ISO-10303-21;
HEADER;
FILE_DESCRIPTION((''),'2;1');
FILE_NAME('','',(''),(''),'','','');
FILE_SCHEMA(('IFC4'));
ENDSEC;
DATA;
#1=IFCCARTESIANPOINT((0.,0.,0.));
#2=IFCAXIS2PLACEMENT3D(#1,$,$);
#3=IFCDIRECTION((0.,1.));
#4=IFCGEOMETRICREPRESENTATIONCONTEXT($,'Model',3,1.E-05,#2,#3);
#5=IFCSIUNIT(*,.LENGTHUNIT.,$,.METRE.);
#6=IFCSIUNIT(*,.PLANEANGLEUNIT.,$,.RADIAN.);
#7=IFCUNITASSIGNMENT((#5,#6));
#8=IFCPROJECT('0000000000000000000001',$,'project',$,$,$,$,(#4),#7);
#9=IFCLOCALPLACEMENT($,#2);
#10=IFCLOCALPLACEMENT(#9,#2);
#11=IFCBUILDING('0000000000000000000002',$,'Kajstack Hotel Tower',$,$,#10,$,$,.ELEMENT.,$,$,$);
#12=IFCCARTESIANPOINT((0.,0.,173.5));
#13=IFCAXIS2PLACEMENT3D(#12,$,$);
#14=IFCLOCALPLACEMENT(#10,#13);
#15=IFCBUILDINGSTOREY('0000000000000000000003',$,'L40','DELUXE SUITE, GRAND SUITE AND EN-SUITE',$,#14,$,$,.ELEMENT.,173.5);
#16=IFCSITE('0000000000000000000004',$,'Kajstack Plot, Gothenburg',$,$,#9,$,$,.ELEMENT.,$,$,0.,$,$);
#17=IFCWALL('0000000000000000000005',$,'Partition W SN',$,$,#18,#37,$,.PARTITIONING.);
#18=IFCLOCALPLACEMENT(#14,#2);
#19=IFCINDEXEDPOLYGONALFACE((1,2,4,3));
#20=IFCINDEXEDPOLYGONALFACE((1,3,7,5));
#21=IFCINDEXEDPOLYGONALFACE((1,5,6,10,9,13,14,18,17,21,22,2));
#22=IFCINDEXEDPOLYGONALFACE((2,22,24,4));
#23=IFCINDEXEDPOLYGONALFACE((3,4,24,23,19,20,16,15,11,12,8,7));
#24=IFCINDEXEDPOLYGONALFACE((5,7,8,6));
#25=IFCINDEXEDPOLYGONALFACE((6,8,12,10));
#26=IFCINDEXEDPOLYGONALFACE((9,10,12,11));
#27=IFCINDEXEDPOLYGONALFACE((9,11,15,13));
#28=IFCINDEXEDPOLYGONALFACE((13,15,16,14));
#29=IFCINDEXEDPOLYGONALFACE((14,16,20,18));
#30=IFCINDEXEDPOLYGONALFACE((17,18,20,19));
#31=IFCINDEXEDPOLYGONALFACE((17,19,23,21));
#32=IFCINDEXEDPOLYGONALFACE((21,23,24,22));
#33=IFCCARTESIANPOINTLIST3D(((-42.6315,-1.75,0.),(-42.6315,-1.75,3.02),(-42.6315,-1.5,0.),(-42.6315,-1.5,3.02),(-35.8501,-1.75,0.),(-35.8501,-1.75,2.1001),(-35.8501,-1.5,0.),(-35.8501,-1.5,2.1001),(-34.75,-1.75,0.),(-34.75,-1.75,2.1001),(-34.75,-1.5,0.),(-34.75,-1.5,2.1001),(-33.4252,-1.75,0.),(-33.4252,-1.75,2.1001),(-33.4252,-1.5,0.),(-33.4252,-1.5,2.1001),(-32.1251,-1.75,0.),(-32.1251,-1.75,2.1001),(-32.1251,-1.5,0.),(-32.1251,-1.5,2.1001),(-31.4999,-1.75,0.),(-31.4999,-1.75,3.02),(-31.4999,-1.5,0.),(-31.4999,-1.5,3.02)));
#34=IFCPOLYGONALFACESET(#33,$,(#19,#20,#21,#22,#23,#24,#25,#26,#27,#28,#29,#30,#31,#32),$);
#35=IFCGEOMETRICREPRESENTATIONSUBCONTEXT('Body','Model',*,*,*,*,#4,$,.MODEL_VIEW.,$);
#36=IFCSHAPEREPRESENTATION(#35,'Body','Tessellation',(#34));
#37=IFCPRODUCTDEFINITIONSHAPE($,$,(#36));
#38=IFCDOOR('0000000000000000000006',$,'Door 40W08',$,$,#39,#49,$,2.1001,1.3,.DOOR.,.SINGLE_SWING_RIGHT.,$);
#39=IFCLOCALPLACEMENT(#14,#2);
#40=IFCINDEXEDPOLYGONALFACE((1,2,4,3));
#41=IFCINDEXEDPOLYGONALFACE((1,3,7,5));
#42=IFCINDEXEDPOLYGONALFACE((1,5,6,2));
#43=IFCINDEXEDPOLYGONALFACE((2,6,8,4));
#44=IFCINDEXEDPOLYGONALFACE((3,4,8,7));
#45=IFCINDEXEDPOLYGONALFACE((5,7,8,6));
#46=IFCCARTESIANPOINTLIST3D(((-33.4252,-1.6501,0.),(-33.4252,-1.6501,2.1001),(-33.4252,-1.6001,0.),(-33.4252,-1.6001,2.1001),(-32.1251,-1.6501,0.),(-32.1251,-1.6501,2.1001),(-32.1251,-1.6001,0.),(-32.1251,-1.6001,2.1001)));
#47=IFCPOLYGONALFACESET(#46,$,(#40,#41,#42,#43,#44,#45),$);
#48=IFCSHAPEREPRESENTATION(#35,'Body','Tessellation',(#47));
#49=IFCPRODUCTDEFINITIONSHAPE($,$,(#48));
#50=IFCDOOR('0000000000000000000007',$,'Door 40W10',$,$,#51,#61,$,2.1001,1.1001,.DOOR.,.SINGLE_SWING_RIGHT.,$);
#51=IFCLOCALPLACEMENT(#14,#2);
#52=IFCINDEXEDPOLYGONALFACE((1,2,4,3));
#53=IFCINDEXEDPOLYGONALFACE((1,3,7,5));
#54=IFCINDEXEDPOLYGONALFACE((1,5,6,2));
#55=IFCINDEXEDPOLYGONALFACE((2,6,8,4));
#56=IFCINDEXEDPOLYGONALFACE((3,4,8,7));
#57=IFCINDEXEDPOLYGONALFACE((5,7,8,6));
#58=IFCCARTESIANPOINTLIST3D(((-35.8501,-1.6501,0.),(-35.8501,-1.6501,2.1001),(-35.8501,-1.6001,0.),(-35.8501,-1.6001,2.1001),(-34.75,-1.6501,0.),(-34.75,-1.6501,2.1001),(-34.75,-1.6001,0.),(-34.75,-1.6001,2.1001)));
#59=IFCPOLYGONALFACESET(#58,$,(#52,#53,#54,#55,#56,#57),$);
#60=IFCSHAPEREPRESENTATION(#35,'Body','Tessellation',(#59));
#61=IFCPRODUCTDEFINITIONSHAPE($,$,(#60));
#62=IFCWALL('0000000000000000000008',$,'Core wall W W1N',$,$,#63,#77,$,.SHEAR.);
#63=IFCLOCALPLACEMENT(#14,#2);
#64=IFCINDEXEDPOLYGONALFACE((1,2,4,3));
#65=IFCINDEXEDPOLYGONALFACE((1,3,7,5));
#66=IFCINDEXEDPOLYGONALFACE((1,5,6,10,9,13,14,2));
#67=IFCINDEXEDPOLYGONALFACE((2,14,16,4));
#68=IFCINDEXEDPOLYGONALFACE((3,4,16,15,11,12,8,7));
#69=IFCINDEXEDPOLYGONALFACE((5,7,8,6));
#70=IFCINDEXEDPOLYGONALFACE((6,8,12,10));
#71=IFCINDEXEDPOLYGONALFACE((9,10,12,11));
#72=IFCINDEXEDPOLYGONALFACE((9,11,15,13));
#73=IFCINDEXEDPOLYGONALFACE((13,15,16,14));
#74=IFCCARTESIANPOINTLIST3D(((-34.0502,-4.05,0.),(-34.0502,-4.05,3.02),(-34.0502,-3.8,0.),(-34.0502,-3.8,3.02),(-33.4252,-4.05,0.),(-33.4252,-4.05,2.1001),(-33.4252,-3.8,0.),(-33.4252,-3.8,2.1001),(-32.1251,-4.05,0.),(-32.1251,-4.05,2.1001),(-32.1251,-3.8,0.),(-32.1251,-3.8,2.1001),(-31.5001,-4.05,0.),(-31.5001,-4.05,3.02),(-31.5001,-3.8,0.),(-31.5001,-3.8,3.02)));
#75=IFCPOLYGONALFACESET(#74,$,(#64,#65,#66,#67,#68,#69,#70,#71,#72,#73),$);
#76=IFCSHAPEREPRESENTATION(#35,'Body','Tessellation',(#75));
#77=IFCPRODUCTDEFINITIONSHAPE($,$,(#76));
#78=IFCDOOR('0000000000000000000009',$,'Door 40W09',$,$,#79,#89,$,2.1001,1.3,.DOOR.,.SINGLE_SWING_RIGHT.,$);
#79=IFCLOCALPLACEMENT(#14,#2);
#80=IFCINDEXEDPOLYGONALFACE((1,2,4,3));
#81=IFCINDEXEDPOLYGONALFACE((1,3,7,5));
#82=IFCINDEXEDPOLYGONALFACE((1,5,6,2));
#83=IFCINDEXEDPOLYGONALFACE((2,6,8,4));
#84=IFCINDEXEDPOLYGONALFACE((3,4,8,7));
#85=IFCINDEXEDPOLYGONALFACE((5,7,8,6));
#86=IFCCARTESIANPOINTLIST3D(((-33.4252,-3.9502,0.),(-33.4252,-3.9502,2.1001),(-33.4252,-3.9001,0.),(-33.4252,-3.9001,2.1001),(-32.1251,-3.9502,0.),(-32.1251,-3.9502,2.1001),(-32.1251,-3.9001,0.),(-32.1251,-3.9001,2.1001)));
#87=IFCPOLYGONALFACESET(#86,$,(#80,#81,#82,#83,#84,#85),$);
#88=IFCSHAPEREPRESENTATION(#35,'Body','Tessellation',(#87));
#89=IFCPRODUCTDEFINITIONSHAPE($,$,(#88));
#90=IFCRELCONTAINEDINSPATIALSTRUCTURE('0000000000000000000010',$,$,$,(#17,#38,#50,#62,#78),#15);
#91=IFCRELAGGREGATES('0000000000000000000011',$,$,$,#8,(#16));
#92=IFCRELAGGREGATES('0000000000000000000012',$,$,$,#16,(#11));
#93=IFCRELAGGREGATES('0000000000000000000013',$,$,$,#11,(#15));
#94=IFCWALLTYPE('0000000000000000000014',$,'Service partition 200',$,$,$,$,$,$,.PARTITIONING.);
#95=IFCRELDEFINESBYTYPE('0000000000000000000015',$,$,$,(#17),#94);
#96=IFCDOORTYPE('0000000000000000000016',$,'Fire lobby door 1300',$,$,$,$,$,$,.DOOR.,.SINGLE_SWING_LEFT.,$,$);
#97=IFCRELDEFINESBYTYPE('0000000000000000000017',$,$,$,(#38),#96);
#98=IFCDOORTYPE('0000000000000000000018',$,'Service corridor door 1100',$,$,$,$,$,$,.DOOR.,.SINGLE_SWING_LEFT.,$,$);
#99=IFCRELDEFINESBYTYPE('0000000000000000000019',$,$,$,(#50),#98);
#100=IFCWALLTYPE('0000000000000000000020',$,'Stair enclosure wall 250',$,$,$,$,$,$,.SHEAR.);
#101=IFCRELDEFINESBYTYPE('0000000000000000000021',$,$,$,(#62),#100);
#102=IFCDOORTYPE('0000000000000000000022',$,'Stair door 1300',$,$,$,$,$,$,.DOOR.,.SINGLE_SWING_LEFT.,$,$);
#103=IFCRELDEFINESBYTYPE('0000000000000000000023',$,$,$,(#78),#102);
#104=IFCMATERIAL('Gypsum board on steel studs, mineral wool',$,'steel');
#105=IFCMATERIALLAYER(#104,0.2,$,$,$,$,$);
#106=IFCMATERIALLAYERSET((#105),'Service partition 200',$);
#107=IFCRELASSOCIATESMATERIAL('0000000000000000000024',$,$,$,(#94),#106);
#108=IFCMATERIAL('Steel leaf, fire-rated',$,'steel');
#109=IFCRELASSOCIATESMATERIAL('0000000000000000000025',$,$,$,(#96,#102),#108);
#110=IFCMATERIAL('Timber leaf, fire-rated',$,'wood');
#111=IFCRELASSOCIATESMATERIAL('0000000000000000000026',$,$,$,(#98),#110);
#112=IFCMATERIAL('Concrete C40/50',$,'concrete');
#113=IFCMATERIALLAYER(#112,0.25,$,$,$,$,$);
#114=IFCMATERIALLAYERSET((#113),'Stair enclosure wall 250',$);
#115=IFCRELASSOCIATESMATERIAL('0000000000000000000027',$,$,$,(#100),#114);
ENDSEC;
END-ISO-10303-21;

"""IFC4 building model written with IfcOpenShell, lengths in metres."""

from ifc_helpers import new_model, si_unit, direction, frame, frame_2d, origin, place, context, subcontext, project, spatial, rectangle, extrude, material, layer, layer_set, type_object, element, fill, save


model = new_model("IFC4")

# Units and contexts
model_context = context("Model", 3, precision=1e-05, world=origin(), true_north=direction((0.0, 1.0)))
body_context = subcontext(model_context, "Body", "Model", "MODEL_VIEW")
ifc_project = project(units=[si_unit("LENGTHUNIT", "METRE"), si_unit("PLANEANGLEUNIT", "RADIAN")], contexts=[model_context])

# Site, building, storey
site_placement = place(None, origin())
site = spatial("IfcSite", under=ifc_project, at=site_placement, Name="Kajstack Plot, Gothenburg", CompositionType="ELEMENT", RefElevation=0.0)
building_placement = place(site_placement, origin())
building = spatial("IfcBuilding", under=site, at=building_placement, Name="Kajstack Hotel Tower", CompositionType="ELEMENT")
storey_placement = place(building_placement, frame((0.0, 0.0, 173.5)))
storey = spatial("IfcBuildingStorey", under=building, at=storey_placement, Name="L40", Description="DELUXE SUITE, GRAND SUITE AND EN-SUITE", CompositionType="ELEMENT", Elevation=173.5)

# Shared definitions
ifc_material_1 = material(Name="Gypsum board on steel studs, mineral wool", Category="steel")

# Wall, openings, doors
ifc_layer_1 = layer(ifc_material_1, 0.2)
ifc_layer_set_1 = layer_set([ifc_layer_1], Name="Service partition 200")
wall_type_1 = type_object("IfcWallType", Name="Service partition 200", PredefinedType="PARTITIONING", material=ifc_layer_set_1)
wall_1_placement = place(storey_placement, frame((-42.6316, -1.625, 0.0), z_axis=(0.0, 0.0, 1.0), x_axis=(1.0, 0.0, 0.0)))
wall_1 = element("IfcWall", 1, at=wall_1_placement, inside=storey, type_object=wall_type_1, Name="Partition W SN", PredefinedType="PARTITIONING", context=body_context, shape_type="SweptSolid", body=[
    extrude(rectangle(XDim=11.1316, YDim=0.25, at=frame_2d((5.5659, 0.0))), origin(), (0.0, 0.0, 1.0), 3.02),
])
opening_1_placement = place(wall_1_placement, frame((9.2065, 0.0, 0.0)))
opening_1 = element("IfcOpeningElement", 2, at=opening_1_placement, cuts=wall_1, PredefinedType="OPENING", context=body_context, shape_type="SweptSolid", body=[
    extrude(rectangle(XDim=1.3, YDim=2.1001, at=frame_2d((0.6499, 1.05))), frame((0.0, 0.135, 0.0), z_axis=(0.0, -1.0, 0.0), x_axis=(1.0, 0.0, 0.0)), (0.0, 0.0, 1.0), 0.27),
])
opening_2_placement = place(wall_1_placement, frame((6.7815, 0.0, 0.0)))
opening_2 = element("IfcOpeningElement", 3, at=opening_2_placement, cuts=wall_1, PredefinedType="OPENING", context=body_context, shape_type="SweptSolid", body=[
    extrude(rectangle(XDim=1.1001, YDim=2.1001, at=frame_2d((0.55, 1.05))), frame((0.0, 0.135, 0.0), z_axis=(0.0, -1.0, 0.0), x_axis=(1.0, 0.0, 0.0)), (0.0, 0.0, 1.0), 0.27),
])
ifc_material_2 = material(Name="Steel leaf, fire-rated", Category="steel")
door_type_1 = type_object("IfcDoorType", Name="Fire lobby door 1300", OperationType="SINGLE_SWING_LEFT", PredefinedType="DOOR", material=ifc_material_2)
door_1_placement = place(opening_1_placement, origin())
door_1 = element("IfcDoor", 4, at=door_1_placement, inside=storey, type_object=door_type_1, Name="Door 40W08", OperationType="SINGLE_SWING_RIGHT", OverallHeight=2.1001, OverallWidth=1.3, PredefinedType="DOOR", context=body_context, shape_type="SweptSolid", body=[
    extrude(rectangle(XDim=1.3, YDim=2.1001, at=frame_2d((0.6499, 1.05))), frame((0.0, 0.0249, 0.0), z_axis=(0.0, -1.0, 0.0), x_axis=(1.0, 0.0, 0.0)), (0.0, 0.0, 1.0), 0.05),
])
fill(opening_1, door_1)
ifc_material_3 = material(Name="Timber leaf, fire-rated", Category="wood")
door_type_2 = type_object("IfcDoorType", Name="Service corridor door 1100", OperationType="SINGLE_SWING_LEFT", PredefinedType="DOOR", material=ifc_material_3)
door_2_placement = place(opening_2_placement, origin())
door_2 = element("IfcDoor", 5, at=door_2_placement, inside=storey, type_object=door_type_2, Name="Door 40W10", OperationType="SINGLE_SWING_RIGHT", OverallHeight=2.1001, OverallWidth=1.1001, PredefinedType="DOOR", context=body_context, shape_type="SweptSolid", body=[
    extrude(rectangle(XDim=1.1001, YDim=2.1001, at=frame_2d((0.55, 1.05))), frame((0.0, 0.0249, 0.0), z_axis=(0.0, -1.0, 0.0), x_axis=(1.0, 0.0, 0.0)), (0.0, 0.0, 1.0), 0.05),
])
fill(opening_2, door_2)

# Wall, opening, door
ifc_material_4 = material(Name="Concrete C40/50", Category="concrete")
ifc_layer_2 = layer(ifc_material_4, 0.25)
ifc_layer_set_2 = layer_set([ifc_layer_2], Name="Stair enclosure wall 250")
wall_type_2 = type_object("IfcWallType", Name="Stair enclosure wall 250", PredefinedType="SHEAR", material=ifc_layer_set_2)
wall_2_placement = place(storey_placement, frame((-34.05, -3.925, 0.0), z_axis=(0.0, 0.0, 1.0), x_axis=(1.0, 0.0, 0.0)))
wall_2 = element("IfcWall", 6, at=wall_2_placement, inside=storey, type_object=wall_type_2, Name="Core wall W W1N", PredefinedType="SHEAR", context=body_context, shape_type="SweptSolid", body=[
    extrude(rectangle(XDim=2.55, YDim=0.25, at=frame_2d((1.2749, 0.0))), origin(), (0.0, 0.0, 1.0), 3.02),
])
opening_3_placement = place(wall_2_placement, frame((0.625, 0.0, 0.0)))
opening_3 = element("IfcOpeningElement", 7, at=opening_3_placement, cuts=wall_2, PredefinedType="OPENING", context=body_context, shape_type="SweptSolid", body=[
    extrude(rectangle(XDim=1.3, YDim=2.1001, at=frame_2d((0.6499, 1.05))), frame((0.0, 0.135, 0.0), z_axis=(0.0, -1.0, 0.0), x_axis=(1.0, 0.0, 0.0)), (0.0, 0.0, 1.0), 0.27),
])
door_type_3 = type_object("IfcDoorType", Name="Stair door 1300", OperationType="SINGLE_SWING_LEFT", PredefinedType="DOOR", material=ifc_material_2)
door_3_placement = place(opening_3_placement, origin())
door_3 = element("IfcDoor", 8, at=door_3_placement, inside=storey, type_object=door_type_3, Name="Door 40W09", OperationType="SINGLE_SWING_RIGHT", OverallHeight=2.1001, OverallWidth=1.3, PredefinedType="DOOR", context=body_context, shape_type="SweptSolid", body=[
    extrude(rectangle(XDim=1.3, YDim=2.1001, at=frame_2d((0.6499, 1.05))), frame((0.0, 0.0249, 0.0), z_axis=(0.0, -1.0, 0.0), x_axis=(1.0, 0.0, 0.0)), (0.0, 0.0, 1.0), 0.05),
])
fill(opening_3, door_3)

save(model, "model.ifc")
